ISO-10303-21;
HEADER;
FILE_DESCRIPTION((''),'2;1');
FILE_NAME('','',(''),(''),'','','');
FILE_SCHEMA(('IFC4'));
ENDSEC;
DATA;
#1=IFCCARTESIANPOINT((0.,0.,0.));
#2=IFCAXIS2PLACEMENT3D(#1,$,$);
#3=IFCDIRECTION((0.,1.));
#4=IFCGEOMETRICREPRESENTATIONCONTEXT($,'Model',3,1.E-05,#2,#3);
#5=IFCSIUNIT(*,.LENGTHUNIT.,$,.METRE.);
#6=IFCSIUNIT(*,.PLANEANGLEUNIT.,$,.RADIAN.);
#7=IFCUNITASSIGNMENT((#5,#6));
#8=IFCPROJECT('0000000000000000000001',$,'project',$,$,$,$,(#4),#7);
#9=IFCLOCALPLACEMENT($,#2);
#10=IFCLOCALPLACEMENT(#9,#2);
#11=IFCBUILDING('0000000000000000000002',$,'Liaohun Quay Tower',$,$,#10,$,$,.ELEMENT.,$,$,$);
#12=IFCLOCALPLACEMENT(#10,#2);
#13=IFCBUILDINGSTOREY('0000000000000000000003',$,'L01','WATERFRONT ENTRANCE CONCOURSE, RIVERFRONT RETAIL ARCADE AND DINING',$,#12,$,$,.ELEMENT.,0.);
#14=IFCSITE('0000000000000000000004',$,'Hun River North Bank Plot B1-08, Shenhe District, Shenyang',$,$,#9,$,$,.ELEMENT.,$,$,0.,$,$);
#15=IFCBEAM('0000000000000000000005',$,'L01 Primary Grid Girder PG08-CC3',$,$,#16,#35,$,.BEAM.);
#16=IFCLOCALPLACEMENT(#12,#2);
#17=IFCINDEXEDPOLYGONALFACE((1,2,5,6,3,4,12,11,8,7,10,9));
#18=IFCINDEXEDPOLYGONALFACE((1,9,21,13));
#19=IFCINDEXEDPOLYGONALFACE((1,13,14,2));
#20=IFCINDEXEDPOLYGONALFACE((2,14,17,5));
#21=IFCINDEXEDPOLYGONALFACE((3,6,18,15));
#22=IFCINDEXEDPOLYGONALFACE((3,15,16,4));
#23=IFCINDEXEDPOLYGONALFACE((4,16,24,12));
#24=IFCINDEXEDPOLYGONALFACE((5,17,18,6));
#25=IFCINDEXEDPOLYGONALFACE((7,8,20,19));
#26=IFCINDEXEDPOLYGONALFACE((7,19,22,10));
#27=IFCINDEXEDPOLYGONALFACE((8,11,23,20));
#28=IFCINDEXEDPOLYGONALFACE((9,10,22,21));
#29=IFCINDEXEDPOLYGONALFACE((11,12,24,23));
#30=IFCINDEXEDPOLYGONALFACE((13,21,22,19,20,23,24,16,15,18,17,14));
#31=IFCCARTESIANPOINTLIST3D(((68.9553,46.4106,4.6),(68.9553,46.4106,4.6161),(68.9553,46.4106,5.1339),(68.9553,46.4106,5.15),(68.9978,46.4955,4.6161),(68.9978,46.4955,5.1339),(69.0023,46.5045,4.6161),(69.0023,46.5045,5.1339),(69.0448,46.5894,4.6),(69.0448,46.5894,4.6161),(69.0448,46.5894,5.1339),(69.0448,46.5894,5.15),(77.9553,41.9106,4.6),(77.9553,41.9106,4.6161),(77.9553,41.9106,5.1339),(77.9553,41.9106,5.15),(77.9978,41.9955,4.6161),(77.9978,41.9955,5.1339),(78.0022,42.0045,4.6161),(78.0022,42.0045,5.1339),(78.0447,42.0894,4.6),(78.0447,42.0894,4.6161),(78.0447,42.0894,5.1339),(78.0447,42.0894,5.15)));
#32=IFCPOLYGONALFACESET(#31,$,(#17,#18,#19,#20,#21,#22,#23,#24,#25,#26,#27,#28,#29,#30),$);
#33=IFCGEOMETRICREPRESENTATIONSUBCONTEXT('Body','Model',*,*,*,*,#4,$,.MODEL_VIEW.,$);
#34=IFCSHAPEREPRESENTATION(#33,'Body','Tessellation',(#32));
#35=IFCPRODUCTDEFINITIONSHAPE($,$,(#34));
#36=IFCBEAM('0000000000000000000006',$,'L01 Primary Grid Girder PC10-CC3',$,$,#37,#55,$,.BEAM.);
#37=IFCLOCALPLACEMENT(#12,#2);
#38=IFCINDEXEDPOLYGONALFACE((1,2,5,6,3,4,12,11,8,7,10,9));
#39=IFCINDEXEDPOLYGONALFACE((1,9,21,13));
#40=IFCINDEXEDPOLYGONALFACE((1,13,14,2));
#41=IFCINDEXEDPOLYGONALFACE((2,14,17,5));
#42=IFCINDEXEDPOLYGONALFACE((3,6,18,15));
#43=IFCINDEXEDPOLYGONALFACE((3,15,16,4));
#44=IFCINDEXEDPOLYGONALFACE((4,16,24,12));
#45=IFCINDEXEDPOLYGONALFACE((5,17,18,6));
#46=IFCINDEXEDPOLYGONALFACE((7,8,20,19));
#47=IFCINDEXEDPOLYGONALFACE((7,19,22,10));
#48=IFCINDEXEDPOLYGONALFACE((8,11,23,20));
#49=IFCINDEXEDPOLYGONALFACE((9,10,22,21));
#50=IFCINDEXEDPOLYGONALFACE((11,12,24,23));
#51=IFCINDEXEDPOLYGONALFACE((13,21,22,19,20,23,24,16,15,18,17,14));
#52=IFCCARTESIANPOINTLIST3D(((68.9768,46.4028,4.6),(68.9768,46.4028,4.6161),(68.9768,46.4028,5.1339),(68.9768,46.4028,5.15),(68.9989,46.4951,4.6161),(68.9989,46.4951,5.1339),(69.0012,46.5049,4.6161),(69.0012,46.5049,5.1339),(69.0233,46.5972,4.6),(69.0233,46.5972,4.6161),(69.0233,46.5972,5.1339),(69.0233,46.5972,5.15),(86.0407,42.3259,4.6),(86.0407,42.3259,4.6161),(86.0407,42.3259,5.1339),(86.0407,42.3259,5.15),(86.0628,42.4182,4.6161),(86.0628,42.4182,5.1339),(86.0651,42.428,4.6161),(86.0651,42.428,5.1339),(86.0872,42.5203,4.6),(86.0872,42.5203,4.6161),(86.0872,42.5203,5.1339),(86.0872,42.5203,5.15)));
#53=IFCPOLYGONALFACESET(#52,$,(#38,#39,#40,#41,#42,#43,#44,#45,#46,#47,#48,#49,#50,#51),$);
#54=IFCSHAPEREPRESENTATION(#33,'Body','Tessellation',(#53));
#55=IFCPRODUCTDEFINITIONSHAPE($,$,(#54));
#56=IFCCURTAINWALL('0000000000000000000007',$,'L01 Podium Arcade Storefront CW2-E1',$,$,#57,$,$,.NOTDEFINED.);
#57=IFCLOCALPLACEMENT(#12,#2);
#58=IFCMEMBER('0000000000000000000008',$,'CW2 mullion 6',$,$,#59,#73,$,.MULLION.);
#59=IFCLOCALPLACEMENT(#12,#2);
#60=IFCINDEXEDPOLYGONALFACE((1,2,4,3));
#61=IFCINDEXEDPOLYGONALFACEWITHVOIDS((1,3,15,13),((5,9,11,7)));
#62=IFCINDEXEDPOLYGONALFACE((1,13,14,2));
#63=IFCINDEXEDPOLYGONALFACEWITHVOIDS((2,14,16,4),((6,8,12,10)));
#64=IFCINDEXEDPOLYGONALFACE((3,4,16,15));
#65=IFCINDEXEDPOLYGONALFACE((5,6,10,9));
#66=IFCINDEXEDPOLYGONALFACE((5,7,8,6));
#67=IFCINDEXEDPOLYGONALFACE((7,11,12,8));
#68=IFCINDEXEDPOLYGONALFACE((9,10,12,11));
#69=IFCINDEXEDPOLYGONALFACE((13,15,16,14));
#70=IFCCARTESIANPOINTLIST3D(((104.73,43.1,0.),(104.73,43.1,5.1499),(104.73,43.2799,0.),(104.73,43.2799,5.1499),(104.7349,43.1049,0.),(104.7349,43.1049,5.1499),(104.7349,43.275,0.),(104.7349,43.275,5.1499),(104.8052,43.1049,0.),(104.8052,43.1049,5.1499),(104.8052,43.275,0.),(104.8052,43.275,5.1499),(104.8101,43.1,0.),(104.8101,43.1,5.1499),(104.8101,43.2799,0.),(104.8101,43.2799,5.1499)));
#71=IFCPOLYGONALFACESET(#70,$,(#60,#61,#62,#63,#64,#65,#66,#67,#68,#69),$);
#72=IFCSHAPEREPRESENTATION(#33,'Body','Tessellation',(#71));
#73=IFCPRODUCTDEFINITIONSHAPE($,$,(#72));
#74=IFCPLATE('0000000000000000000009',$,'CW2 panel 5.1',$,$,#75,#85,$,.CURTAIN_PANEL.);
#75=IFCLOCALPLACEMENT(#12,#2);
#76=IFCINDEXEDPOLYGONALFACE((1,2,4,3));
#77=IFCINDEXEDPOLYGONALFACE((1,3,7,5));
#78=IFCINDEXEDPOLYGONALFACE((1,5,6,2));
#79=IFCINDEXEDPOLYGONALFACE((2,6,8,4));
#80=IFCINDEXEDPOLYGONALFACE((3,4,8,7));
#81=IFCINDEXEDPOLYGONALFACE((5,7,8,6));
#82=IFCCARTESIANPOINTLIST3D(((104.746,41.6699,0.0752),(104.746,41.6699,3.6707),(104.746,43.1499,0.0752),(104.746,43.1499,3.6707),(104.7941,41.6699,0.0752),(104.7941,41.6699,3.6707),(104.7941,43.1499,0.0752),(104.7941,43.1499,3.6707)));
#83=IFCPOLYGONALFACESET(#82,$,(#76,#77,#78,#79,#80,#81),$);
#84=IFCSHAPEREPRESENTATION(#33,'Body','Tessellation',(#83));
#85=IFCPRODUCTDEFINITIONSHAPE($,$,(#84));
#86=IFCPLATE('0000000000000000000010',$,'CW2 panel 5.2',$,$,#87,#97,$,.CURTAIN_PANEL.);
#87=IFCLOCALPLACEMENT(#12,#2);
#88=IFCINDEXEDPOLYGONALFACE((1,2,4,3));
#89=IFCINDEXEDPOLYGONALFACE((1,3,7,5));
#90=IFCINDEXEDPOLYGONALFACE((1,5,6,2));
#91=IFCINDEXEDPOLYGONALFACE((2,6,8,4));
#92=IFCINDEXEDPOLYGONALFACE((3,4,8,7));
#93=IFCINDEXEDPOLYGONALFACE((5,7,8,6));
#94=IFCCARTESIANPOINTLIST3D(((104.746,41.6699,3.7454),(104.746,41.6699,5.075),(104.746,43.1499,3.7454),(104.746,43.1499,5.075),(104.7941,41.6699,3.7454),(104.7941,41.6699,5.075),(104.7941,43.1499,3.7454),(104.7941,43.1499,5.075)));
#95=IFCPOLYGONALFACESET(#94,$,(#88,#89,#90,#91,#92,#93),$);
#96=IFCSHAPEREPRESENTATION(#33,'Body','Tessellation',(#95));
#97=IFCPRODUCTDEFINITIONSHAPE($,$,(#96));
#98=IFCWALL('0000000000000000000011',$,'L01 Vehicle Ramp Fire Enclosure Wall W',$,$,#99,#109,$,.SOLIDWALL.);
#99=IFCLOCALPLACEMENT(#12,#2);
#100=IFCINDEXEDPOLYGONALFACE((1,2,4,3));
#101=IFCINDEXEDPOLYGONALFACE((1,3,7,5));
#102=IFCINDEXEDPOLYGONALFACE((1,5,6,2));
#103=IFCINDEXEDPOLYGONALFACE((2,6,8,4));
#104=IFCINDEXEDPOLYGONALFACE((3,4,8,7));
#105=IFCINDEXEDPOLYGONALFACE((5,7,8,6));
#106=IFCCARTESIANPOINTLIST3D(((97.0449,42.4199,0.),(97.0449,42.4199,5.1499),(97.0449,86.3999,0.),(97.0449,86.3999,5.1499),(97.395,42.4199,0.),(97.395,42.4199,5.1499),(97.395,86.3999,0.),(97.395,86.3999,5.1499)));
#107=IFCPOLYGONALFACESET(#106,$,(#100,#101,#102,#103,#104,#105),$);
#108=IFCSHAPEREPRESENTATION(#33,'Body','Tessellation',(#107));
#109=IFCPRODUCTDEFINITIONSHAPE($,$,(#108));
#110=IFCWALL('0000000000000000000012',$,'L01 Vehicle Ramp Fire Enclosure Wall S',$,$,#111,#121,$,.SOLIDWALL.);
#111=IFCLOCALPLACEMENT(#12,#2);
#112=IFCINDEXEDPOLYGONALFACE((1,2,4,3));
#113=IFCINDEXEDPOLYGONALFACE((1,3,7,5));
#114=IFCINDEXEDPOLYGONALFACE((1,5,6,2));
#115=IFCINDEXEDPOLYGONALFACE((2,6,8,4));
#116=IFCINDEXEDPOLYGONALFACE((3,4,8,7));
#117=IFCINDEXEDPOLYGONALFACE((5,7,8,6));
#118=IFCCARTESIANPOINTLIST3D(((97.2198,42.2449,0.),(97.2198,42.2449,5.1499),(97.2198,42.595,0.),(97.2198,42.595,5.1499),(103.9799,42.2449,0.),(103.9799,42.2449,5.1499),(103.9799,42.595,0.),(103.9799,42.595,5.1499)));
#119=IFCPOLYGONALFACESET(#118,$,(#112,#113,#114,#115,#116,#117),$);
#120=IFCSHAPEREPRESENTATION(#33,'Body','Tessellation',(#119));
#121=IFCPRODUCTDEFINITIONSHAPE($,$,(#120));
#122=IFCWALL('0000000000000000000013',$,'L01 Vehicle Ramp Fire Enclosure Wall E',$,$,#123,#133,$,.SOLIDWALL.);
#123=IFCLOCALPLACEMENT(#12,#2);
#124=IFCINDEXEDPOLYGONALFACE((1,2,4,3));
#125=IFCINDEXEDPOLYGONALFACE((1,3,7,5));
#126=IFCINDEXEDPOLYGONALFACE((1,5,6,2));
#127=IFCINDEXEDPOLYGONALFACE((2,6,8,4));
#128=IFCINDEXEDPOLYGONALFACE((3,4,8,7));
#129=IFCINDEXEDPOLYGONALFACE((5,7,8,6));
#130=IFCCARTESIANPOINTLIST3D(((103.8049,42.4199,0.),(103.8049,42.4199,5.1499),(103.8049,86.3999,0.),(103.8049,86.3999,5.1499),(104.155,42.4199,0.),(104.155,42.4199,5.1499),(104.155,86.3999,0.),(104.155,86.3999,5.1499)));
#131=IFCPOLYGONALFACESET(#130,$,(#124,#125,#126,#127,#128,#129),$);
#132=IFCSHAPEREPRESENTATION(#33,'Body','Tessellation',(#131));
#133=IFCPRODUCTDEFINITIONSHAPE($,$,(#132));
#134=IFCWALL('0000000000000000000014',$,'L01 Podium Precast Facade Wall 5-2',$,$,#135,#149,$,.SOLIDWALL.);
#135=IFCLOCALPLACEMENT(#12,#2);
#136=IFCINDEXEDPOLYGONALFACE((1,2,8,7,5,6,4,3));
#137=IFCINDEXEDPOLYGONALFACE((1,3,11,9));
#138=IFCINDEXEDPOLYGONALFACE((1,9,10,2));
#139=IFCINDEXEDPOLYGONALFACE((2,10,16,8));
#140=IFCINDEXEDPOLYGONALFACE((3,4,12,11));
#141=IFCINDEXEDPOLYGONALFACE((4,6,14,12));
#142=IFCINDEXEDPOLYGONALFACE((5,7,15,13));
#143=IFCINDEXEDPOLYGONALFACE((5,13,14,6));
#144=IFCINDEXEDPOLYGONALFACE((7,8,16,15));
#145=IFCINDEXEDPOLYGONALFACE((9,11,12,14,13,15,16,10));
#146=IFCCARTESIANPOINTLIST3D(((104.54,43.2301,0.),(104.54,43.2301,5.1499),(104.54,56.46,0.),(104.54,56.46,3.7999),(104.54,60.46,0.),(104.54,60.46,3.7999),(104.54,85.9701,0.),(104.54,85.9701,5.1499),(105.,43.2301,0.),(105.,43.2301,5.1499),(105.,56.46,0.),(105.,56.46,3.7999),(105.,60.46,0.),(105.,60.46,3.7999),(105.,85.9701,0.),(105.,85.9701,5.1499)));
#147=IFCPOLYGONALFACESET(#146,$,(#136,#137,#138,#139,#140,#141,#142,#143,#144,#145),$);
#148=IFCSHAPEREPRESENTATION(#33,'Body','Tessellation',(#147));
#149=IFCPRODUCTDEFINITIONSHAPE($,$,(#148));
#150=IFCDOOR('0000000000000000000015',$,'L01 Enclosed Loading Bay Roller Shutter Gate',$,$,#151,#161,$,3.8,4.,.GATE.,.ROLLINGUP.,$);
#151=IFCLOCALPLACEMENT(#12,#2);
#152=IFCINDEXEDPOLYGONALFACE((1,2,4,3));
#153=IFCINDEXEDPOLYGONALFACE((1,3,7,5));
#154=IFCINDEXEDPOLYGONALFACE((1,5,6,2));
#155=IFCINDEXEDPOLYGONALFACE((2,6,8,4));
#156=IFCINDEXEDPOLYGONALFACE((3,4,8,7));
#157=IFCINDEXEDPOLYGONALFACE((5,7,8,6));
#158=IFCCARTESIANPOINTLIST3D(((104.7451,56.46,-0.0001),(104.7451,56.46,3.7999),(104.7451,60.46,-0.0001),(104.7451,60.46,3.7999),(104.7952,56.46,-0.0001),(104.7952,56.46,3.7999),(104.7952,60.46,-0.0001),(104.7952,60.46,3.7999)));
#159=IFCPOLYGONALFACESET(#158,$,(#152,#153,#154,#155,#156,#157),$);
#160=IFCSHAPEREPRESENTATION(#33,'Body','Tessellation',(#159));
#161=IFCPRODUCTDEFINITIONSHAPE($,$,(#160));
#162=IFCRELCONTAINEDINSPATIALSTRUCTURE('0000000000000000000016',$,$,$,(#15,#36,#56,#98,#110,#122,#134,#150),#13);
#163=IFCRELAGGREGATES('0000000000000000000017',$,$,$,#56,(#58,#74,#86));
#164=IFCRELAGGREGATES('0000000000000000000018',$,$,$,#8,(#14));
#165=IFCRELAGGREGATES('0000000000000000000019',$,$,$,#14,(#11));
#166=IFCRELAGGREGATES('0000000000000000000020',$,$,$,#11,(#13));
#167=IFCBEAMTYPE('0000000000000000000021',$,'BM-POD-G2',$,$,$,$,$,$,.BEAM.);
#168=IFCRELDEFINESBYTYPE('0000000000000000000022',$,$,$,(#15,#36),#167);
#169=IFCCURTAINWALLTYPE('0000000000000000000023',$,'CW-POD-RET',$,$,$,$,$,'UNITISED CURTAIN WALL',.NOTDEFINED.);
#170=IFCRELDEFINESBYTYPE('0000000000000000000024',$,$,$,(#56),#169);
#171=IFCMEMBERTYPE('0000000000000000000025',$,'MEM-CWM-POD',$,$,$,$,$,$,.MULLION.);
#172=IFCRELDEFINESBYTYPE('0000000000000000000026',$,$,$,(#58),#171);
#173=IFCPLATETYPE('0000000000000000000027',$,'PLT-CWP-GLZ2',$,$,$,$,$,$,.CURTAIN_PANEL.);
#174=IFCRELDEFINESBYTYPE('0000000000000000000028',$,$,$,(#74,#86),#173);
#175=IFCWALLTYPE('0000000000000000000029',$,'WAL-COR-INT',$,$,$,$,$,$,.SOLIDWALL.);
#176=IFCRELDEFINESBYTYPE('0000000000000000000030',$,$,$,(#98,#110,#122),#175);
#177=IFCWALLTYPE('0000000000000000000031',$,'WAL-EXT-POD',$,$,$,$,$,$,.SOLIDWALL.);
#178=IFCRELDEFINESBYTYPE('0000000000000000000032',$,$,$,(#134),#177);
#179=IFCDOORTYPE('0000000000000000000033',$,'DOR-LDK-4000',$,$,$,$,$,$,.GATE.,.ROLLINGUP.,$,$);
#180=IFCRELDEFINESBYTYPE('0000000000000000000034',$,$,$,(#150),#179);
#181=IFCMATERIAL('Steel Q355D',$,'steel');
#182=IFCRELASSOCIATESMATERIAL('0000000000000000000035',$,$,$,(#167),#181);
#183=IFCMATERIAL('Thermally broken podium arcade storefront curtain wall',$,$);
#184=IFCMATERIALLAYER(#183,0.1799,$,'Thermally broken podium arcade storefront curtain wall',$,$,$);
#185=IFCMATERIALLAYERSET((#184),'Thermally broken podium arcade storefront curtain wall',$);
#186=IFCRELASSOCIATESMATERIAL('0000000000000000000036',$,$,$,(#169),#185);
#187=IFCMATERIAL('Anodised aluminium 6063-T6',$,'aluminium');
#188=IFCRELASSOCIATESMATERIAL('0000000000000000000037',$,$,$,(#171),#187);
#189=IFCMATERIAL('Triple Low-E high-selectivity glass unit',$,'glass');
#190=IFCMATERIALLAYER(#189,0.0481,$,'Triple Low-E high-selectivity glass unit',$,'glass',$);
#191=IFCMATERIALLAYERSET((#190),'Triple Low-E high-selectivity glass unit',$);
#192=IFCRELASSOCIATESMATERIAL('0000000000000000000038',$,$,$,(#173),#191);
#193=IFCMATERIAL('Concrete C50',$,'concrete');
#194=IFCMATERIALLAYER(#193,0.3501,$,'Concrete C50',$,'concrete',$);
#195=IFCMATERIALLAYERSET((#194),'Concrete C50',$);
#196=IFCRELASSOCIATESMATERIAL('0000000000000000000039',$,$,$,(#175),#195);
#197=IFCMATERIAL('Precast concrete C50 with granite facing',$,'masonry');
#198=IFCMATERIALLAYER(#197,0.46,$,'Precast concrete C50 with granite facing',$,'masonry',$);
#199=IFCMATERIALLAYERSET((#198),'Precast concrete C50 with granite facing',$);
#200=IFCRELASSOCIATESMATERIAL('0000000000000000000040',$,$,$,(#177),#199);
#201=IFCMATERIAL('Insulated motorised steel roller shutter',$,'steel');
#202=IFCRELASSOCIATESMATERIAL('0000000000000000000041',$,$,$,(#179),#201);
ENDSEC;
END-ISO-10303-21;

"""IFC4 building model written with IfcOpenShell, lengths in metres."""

from ifc_helpers import new_model, si_unit, direction, frame, frame_2d, origin, origin_2d, place, context, subcontext, project, spatial, rectangle, hollow_rectangle, i_section, extrude, source, transform, mapped, material, layer, layer_set, material_profile, profile_set, type_object, element, fill, aggregate, save


model = new_model("IFC4")

# Units and contexts
model_context = context("Model", 3, precision=1e-05, world=origin(), true_north=direction((0.0, 1.0)))
body_context = subcontext(model_context, "Body", "Model", "MODEL_VIEW")
ifc_project = project(units=[si_unit("LENGTHUNIT", "METRE"), si_unit("PLANEANGLEUNIT", "RADIAN")], contexts=[model_context])

# Site, building, storey
site_placement = place(None, origin())
site = spatial("IfcSite", under=ifc_project, at=site_placement, Name="Hun River North Bank Plot B1-08, Shenhe District, Shenyang", CompositionType="ELEMENT", RefElevation=0.0)
building_placement = place(site_placement, origin())
building = spatial("IfcBuilding", under=site, at=building_placement, Name="Liaohun Quay Tower", CompositionType="ELEMENT")
storey_placement = place(building_placement, origin())
storey = spatial("IfcBuildingStorey", under=building, at=storey_placement, Name="L01", Description="WATERFRONT ENTRANCE CONCOURSE, RIVERFRONT RETAIL ARCADE AND DINING", CompositionType="ELEMENT", Elevation=0.0)

# Beams
ifc_material_1 = material(Name="Steel Q355D", Category="steel")
ifc_material_profile_1 = material_profile(ifc_material_1, i_section(OverallWidth=0.2, OverallDepth=0.55, WebThickness=0.01, FlangeThickness=0.0161, at=origin_2d()), Name="HN550x200x10x16")
ifc_profile_set_1 = profile_set([ifc_material_profile_1], Name="Steel Q355D")
beam_type_1 = type_object("IfcBeamType", Name="BM-POD-G2", PredefinedType="BEAM", material=ifc_profile_set_1)
shared_shape_1 = source(origin(), body_context, "Body", "SweptSolid", [
    extrude(i_section(OverallWidth=0.2, OverallDepth=0.55, WebThickness=0.01, FlangeThickness=0.0161, at=origin_2d()), origin(), (0.0, 0.0, 1.0), 10.0623),
])
beam_1_placement = place(storey_placement, frame((78.0, 42.0, 4.875), z_axis=(-0.894427, 0.447214, 0.0), x_axis=(-0.447214, -0.894427, 0.0)))
element("IfcBeam", 1, at=beam_1_placement, inside=storey, type_object=beam_type_1, Name="L01 Primary Grid Girder PG08-CC3", PredefinedType="BEAM", context=body_context, shape_type="MappedRepresentation", body=[
    mapped(shared_shape_1, transform((0.0, 0.0, 0.0), x_axis=(1.0, 0.0, 0.0), y_axis=(0.0, 1.0, 0.0), z_axis=(0.0, 0.0, 1.0), scale=1.0)),
])
shared_shape_2 = source(origin(), body_context, "Body", "SweptSolid", [
    extrude(i_section(OverallWidth=0.2, OverallDepth=0.55, WebThickness=0.01, FlangeThickness=0.0161, at=origin_2d()), origin(), (0.0, 0.0, 1.0), 17.5442),
])
beam_2_placement = place(storey_placement, frame((86.064, 42.4231, 4.875), z_axis=(-0.972625, 0.232379, 0.0), x_axis=(-0.232379, -0.972625, 0.0)))
element("IfcBeam", 2, at=beam_2_placement, inside=storey, type_object=beam_type_1, Name="L01 Primary Grid Girder PC10-CC3", PredefinedType="BEAM", context=body_context, shape_type="MappedRepresentation", body=[
    mapped(shared_shape_2, transform((0.0, 0.0, 0.0), x_axis=(1.0, 0.0, 0.0), y_axis=(0.0, 1.0, 0.0), z_axis=(0.0, 0.0, 1.0), scale=1.0)),
])

# Curtain wall, member, plates
ifc_material_2 = material(Name="Thermally broken podium arcade storefront curtain wall")
ifc_layer_1 = layer(ifc_material_2, 0.1799, Name="Thermally broken podium arcade storefront curtain wall")
ifc_layer_set_1 = layer_set([ifc_layer_1], Name="Thermally broken podium arcade storefront curtain wall")
curtain_wall_type = type_object("IfcCurtainWallType", Name="CW-POD-RET", ElementType="UNITISED CURTAIN WALL", PredefinedType="NOTDEFINED", material=ifc_layer_set_1)
curtain_wall_placement = place(storey_placement, origin())
curtain_wall = element("IfcCurtainWall", 3, at=curtain_wall_placement, inside=storey, type_object=curtain_wall_type, Name="L01 Podium Arcade Storefront CW2-E1", PredefinedType="NOTDEFINED")
ifc_material_3 = material(Name="Anodised aluminium 6063-T6", Category="aluminium")
ifc_material_profile_2 = material_profile(ifc_material_3, hollow_rectangle(XDim=0.0801, YDim=0.1799, WallThickness=0.0049, at=origin_2d()), Name="RHS180x80x5")
ifc_profile_set_2 = profile_set([ifc_material_profile_2], Name="Anodised aluminium 6063-T6")
member_type = type_object("IfcMemberType", Name="MEM-CWM-POD", PredefinedType="MULLION", material=ifc_profile_set_2)
shared_shape_3 = source(origin(), body_context, "Body", "SweptSolid", [
    extrude(hollow_rectangle(XDim=0.0801, YDim=0.1799, WallThickness=0.0049, at=origin_2d()), origin(), (0.0, 0.0, 1.0), 5.1499),
])
member_placement = place(storey_placement, frame((104.77, 43.1899, 0.0), z_axis=(0.0, 0.0, 1.0), x_axis=(-1.0, 0.0, 0.0)))
member = element("IfcMember", 4, at=member_placement, type_object=member_type, Name="CW2 mullion 6", PredefinedType="MULLION", context=body_context, shape_type="MappedRepresentation", body=[
    mapped(shared_shape_3, transform((0.0, 0.0, 0.0), x_axis=(1.0, 0.0, 0.0), y_axis=(0.0, 1.0, 0.0), z_axis=(0.0, 0.0, 1.0), scale=1.0)),
])
ifc_material_4 = material(Name="Triple Low-E high-selectivity glass unit", Category="glass")
ifc_layer_2 = layer(ifc_material_4, 0.0481, Name="Triple Low-E high-selectivity glass unit", Category="glass")
ifc_layer_set_2 = layer_set([ifc_layer_2], Name="Triple Low-E high-selectivity glass unit")
plate_type = type_object("IfcPlateType", Name="PLT-CWP-GLZ2", PredefinedType="CURTAIN_PANEL", material=ifc_layer_set_2)
shared_shape_4 = source(origin(), body_context, "Body", "SweptSolid", [
    extrude(rectangle(XDim=1.48, YDim=0.0481, at=origin_2d()), origin(), (0.0, 0.0, 1.0), 3.5955),
])
plate_1_placement = place(storey_placement, frame((104.77, 42.4099, 0.0752), z_axis=(0.0, 0.0, 1.0), x_axis=(0.0, 1.0, 0.0)))
plate_1 = element("IfcPlate", 5, at=plate_1_placement, type_object=plate_type, Name="CW2 panel 5.1", PredefinedType="CURTAIN_PANEL", context=body_context, shape_type="MappedRepresentation", body=[
    mapped(shared_shape_4, transform((0.0, 0.0, 0.0), x_axis=(1.0, 0.0, 0.0), y_axis=(0.0, 1.0, 0.0), z_axis=(0.0, 0.0, 1.0), scale=1.0)),
])
shared_shape_5 = source(origin(), body_context, "Body", "SweptSolid", [
    extrude(rectangle(XDim=1.48, YDim=0.0481, at=origin_2d()), origin(), (0.0, 0.0, 1.0), 1.3296),
])
plate_2_placement = place(storey_placement, frame((104.77, 42.4099, 3.7454), z_axis=(0.0, 0.0, 1.0), x_axis=(0.0, 1.0, 0.0)))
plate_2 = element("IfcPlate", 6, at=plate_2_placement, type_object=plate_type, Name="CW2 panel 5.2", PredefinedType="CURTAIN_PANEL", context=body_context, shape_type="MappedRepresentation", body=[
    mapped(shared_shape_5, transform((0.0, 0.0, 0.0), x_axis=(1.0, 0.0, 0.0), y_axis=(0.0, 1.0, 0.0), z_axis=(0.0, 0.0, 1.0), scale=1.0)),
])
aggregate(curtain_wall, [member, plate_1, plate_2])

# Walls
ifc_material_5 = material(Name="Concrete C50", Category="concrete")
ifc_layer_3 = layer(ifc_material_5, 0.3501, Name="Concrete C50", Category="concrete")
ifc_layer_set_3 = layer_set([ifc_layer_3], Name="Concrete C50")
wall_type_1 = type_object("IfcWallType", Name="WAL-COR-INT", PredefinedType="SOLIDWALL", material=ifc_layer_set_3)
wall_1_placement = place(storey_placement, frame((97.22, 42.4199, 0.0), z_axis=(0.0, 0.0, 1.0), x_axis=(0.0, 1.0, 0.0)))
element("IfcWall", 7, at=wall_1_placement, inside=storey, type_object=wall_type_1, Name="L01 Vehicle Ramp Fire Enclosure Wall W", PredefinedType="SOLIDWALL", context=body_context, shape_type="SweptSolid", body=[
    extrude(rectangle(XDim=43.98, YDim=0.3501, at=frame_2d((21.99, 0.0))), origin(), (0.0, 0.0, 1.0), 5.1499),
])
wall_2_placement = place(storey_placement, frame((97.22, 42.4199, 0.0), z_axis=(0.0, 0.0, 1.0), x_axis=(1.0, 0.0, 0.0)))
element("IfcWall", 8, at=wall_2_placement, inside=storey, type_object=wall_type_1, Name="L01 Vehicle Ramp Fire Enclosure Wall S", PredefinedType="SOLIDWALL", context=body_context, shape_type="SweptSolid", body=[
    extrude(rectangle(XDim=6.76, YDim=0.3501, at=frame_2d((3.3799, 0.0))), origin(), (0.0, 0.0, 1.0), 5.1499),
])
wall_3_placement = place(storey_placement, frame((103.98, 42.4199, 0.0), z_axis=(0.0, 0.0, 1.0), x_axis=(0.0, 1.0, 0.0)))
element("IfcWall", 9, at=wall_3_placement, inside=storey, type_object=wall_type_1, Name="L01 Vehicle Ramp Fire Enclosure Wall E", PredefinedType="SOLIDWALL", context=body_context, shape_type="SweptSolid", body=[
    extrude(rectangle(XDim=43.98, YDim=0.3501, at=frame_2d((21.99, 0.0))), origin(), (0.0, 0.0, 1.0), 5.1499),
])

# Wall, opening, door
ifc_material_6 = material(Name="Precast concrete C50 with granite facing", Category="masonry")
ifc_layer_4 = layer(ifc_material_6, 0.46, Name="Precast concrete C50 with granite facing", Category="masonry")
ifc_layer_set_4 = layer_set([ifc_layer_4], Name="Precast concrete C50 with granite facing")
wall_type_2 = type_object("IfcWallType", Name="WAL-EXT-POD", PredefinedType="SOLIDWALL", material=ifc_layer_set_4)
wall_4_placement = place(storey_placement, frame((104.77, 43.23, 0.0), z_axis=(0.0, 0.0, 1.0), x_axis=(0.0, 1.0, 0.0)))
wall_4 = element("IfcWall", 10, at=wall_4_placement, inside=storey, type_object=wall_type_2, Name="L01 Podium Precast Facade Wall 5-2", PredefinedType="SOLIDWALL", context=body_context, shape_type="SweptSolid", body=[
    extrude(rectangle(XDim=42.74, YDim=0.46, at=frame_2d((21.3701, 0.0))), origin(), (0.0, 0.0, 1.0), 5.1499),
])
shared_shape_6 = source(origin(), body_context, "Body", "SweptSolid", [
    extrude(rectangle(XDim=4.0, YDim=3.8, at=frame_2d((2.0, 1.8999))), frame((0.0, 0.24, 0.0), z_axis=(0.0, -1.0, 0.0), x_axis=(1.0, 0.0, 0.0)), (0.0, 0.0, 1.0), 0.48),
])
opening_placement = place(wall_4_placement, frame((13.23, 0.0, 0.0)))
opening = element("IfcOpeningElement", 11, at=opening_placement, cuts=wall_4, PredefinedType="OPENING", context=body_context, shape_type="MappedRepresentation", body=[
    mapped(shared_shape_6, transform((0.0, 0.0, 0.0), x_axis=(1.0, 0.0, 0.0), y_axis=(0.0, 1.0, 0.0), z_axis=(0.0, 0.0, 1.0), scale=1.0)),
])
ifc_material_7 = material(Name="Insulated motorised steel roller shutter", Category="steel")
door_type = type_object("IfcDoorType", Name="DOR-LDK-4000", OperationType="ROLLINGUP", PredefinedType="GATE", material=ifc_material_7)
shared_shape_7 = source(origin(), body_context, "Body", "SweptSolid", [
    extrude(rectangle(XDim=4.0, YDim=3.8, at=frame_2d((2.0, 1.8999))), frame((0.0, 0.0249, 0.0), z_axis=(0.0, -1.0, 0.0), x_axis=(1.0, 0.0, 0.0)), (0.0, 0.0, 1.0), 0.05),
])
door_placement = place(opening_placement, origin())
door = element("IfcDoor", 12, at=door_placement, inside=storey, type_object=door_type, Name="L01 Enclosed Loading Bay Roller Shutter Gate", OperationType="ROLLINGUP", OverallHeight=3.8, OverallWidth=4.0, PredefinedType="GATE", context=body_context, shape_type="MappedRepresentation", body=[
    mapped(shared_shape_7, transform((0.0, 0.0, 0.0), x_axis=(1.0, 0.0, 0.0), y_axis=(0.0, 1.0, 0.0), z_axis=(0.0, 0.0, 1.0), scale=1.0)),
])
fill(opening, door)

save(model, "model.ifc")
